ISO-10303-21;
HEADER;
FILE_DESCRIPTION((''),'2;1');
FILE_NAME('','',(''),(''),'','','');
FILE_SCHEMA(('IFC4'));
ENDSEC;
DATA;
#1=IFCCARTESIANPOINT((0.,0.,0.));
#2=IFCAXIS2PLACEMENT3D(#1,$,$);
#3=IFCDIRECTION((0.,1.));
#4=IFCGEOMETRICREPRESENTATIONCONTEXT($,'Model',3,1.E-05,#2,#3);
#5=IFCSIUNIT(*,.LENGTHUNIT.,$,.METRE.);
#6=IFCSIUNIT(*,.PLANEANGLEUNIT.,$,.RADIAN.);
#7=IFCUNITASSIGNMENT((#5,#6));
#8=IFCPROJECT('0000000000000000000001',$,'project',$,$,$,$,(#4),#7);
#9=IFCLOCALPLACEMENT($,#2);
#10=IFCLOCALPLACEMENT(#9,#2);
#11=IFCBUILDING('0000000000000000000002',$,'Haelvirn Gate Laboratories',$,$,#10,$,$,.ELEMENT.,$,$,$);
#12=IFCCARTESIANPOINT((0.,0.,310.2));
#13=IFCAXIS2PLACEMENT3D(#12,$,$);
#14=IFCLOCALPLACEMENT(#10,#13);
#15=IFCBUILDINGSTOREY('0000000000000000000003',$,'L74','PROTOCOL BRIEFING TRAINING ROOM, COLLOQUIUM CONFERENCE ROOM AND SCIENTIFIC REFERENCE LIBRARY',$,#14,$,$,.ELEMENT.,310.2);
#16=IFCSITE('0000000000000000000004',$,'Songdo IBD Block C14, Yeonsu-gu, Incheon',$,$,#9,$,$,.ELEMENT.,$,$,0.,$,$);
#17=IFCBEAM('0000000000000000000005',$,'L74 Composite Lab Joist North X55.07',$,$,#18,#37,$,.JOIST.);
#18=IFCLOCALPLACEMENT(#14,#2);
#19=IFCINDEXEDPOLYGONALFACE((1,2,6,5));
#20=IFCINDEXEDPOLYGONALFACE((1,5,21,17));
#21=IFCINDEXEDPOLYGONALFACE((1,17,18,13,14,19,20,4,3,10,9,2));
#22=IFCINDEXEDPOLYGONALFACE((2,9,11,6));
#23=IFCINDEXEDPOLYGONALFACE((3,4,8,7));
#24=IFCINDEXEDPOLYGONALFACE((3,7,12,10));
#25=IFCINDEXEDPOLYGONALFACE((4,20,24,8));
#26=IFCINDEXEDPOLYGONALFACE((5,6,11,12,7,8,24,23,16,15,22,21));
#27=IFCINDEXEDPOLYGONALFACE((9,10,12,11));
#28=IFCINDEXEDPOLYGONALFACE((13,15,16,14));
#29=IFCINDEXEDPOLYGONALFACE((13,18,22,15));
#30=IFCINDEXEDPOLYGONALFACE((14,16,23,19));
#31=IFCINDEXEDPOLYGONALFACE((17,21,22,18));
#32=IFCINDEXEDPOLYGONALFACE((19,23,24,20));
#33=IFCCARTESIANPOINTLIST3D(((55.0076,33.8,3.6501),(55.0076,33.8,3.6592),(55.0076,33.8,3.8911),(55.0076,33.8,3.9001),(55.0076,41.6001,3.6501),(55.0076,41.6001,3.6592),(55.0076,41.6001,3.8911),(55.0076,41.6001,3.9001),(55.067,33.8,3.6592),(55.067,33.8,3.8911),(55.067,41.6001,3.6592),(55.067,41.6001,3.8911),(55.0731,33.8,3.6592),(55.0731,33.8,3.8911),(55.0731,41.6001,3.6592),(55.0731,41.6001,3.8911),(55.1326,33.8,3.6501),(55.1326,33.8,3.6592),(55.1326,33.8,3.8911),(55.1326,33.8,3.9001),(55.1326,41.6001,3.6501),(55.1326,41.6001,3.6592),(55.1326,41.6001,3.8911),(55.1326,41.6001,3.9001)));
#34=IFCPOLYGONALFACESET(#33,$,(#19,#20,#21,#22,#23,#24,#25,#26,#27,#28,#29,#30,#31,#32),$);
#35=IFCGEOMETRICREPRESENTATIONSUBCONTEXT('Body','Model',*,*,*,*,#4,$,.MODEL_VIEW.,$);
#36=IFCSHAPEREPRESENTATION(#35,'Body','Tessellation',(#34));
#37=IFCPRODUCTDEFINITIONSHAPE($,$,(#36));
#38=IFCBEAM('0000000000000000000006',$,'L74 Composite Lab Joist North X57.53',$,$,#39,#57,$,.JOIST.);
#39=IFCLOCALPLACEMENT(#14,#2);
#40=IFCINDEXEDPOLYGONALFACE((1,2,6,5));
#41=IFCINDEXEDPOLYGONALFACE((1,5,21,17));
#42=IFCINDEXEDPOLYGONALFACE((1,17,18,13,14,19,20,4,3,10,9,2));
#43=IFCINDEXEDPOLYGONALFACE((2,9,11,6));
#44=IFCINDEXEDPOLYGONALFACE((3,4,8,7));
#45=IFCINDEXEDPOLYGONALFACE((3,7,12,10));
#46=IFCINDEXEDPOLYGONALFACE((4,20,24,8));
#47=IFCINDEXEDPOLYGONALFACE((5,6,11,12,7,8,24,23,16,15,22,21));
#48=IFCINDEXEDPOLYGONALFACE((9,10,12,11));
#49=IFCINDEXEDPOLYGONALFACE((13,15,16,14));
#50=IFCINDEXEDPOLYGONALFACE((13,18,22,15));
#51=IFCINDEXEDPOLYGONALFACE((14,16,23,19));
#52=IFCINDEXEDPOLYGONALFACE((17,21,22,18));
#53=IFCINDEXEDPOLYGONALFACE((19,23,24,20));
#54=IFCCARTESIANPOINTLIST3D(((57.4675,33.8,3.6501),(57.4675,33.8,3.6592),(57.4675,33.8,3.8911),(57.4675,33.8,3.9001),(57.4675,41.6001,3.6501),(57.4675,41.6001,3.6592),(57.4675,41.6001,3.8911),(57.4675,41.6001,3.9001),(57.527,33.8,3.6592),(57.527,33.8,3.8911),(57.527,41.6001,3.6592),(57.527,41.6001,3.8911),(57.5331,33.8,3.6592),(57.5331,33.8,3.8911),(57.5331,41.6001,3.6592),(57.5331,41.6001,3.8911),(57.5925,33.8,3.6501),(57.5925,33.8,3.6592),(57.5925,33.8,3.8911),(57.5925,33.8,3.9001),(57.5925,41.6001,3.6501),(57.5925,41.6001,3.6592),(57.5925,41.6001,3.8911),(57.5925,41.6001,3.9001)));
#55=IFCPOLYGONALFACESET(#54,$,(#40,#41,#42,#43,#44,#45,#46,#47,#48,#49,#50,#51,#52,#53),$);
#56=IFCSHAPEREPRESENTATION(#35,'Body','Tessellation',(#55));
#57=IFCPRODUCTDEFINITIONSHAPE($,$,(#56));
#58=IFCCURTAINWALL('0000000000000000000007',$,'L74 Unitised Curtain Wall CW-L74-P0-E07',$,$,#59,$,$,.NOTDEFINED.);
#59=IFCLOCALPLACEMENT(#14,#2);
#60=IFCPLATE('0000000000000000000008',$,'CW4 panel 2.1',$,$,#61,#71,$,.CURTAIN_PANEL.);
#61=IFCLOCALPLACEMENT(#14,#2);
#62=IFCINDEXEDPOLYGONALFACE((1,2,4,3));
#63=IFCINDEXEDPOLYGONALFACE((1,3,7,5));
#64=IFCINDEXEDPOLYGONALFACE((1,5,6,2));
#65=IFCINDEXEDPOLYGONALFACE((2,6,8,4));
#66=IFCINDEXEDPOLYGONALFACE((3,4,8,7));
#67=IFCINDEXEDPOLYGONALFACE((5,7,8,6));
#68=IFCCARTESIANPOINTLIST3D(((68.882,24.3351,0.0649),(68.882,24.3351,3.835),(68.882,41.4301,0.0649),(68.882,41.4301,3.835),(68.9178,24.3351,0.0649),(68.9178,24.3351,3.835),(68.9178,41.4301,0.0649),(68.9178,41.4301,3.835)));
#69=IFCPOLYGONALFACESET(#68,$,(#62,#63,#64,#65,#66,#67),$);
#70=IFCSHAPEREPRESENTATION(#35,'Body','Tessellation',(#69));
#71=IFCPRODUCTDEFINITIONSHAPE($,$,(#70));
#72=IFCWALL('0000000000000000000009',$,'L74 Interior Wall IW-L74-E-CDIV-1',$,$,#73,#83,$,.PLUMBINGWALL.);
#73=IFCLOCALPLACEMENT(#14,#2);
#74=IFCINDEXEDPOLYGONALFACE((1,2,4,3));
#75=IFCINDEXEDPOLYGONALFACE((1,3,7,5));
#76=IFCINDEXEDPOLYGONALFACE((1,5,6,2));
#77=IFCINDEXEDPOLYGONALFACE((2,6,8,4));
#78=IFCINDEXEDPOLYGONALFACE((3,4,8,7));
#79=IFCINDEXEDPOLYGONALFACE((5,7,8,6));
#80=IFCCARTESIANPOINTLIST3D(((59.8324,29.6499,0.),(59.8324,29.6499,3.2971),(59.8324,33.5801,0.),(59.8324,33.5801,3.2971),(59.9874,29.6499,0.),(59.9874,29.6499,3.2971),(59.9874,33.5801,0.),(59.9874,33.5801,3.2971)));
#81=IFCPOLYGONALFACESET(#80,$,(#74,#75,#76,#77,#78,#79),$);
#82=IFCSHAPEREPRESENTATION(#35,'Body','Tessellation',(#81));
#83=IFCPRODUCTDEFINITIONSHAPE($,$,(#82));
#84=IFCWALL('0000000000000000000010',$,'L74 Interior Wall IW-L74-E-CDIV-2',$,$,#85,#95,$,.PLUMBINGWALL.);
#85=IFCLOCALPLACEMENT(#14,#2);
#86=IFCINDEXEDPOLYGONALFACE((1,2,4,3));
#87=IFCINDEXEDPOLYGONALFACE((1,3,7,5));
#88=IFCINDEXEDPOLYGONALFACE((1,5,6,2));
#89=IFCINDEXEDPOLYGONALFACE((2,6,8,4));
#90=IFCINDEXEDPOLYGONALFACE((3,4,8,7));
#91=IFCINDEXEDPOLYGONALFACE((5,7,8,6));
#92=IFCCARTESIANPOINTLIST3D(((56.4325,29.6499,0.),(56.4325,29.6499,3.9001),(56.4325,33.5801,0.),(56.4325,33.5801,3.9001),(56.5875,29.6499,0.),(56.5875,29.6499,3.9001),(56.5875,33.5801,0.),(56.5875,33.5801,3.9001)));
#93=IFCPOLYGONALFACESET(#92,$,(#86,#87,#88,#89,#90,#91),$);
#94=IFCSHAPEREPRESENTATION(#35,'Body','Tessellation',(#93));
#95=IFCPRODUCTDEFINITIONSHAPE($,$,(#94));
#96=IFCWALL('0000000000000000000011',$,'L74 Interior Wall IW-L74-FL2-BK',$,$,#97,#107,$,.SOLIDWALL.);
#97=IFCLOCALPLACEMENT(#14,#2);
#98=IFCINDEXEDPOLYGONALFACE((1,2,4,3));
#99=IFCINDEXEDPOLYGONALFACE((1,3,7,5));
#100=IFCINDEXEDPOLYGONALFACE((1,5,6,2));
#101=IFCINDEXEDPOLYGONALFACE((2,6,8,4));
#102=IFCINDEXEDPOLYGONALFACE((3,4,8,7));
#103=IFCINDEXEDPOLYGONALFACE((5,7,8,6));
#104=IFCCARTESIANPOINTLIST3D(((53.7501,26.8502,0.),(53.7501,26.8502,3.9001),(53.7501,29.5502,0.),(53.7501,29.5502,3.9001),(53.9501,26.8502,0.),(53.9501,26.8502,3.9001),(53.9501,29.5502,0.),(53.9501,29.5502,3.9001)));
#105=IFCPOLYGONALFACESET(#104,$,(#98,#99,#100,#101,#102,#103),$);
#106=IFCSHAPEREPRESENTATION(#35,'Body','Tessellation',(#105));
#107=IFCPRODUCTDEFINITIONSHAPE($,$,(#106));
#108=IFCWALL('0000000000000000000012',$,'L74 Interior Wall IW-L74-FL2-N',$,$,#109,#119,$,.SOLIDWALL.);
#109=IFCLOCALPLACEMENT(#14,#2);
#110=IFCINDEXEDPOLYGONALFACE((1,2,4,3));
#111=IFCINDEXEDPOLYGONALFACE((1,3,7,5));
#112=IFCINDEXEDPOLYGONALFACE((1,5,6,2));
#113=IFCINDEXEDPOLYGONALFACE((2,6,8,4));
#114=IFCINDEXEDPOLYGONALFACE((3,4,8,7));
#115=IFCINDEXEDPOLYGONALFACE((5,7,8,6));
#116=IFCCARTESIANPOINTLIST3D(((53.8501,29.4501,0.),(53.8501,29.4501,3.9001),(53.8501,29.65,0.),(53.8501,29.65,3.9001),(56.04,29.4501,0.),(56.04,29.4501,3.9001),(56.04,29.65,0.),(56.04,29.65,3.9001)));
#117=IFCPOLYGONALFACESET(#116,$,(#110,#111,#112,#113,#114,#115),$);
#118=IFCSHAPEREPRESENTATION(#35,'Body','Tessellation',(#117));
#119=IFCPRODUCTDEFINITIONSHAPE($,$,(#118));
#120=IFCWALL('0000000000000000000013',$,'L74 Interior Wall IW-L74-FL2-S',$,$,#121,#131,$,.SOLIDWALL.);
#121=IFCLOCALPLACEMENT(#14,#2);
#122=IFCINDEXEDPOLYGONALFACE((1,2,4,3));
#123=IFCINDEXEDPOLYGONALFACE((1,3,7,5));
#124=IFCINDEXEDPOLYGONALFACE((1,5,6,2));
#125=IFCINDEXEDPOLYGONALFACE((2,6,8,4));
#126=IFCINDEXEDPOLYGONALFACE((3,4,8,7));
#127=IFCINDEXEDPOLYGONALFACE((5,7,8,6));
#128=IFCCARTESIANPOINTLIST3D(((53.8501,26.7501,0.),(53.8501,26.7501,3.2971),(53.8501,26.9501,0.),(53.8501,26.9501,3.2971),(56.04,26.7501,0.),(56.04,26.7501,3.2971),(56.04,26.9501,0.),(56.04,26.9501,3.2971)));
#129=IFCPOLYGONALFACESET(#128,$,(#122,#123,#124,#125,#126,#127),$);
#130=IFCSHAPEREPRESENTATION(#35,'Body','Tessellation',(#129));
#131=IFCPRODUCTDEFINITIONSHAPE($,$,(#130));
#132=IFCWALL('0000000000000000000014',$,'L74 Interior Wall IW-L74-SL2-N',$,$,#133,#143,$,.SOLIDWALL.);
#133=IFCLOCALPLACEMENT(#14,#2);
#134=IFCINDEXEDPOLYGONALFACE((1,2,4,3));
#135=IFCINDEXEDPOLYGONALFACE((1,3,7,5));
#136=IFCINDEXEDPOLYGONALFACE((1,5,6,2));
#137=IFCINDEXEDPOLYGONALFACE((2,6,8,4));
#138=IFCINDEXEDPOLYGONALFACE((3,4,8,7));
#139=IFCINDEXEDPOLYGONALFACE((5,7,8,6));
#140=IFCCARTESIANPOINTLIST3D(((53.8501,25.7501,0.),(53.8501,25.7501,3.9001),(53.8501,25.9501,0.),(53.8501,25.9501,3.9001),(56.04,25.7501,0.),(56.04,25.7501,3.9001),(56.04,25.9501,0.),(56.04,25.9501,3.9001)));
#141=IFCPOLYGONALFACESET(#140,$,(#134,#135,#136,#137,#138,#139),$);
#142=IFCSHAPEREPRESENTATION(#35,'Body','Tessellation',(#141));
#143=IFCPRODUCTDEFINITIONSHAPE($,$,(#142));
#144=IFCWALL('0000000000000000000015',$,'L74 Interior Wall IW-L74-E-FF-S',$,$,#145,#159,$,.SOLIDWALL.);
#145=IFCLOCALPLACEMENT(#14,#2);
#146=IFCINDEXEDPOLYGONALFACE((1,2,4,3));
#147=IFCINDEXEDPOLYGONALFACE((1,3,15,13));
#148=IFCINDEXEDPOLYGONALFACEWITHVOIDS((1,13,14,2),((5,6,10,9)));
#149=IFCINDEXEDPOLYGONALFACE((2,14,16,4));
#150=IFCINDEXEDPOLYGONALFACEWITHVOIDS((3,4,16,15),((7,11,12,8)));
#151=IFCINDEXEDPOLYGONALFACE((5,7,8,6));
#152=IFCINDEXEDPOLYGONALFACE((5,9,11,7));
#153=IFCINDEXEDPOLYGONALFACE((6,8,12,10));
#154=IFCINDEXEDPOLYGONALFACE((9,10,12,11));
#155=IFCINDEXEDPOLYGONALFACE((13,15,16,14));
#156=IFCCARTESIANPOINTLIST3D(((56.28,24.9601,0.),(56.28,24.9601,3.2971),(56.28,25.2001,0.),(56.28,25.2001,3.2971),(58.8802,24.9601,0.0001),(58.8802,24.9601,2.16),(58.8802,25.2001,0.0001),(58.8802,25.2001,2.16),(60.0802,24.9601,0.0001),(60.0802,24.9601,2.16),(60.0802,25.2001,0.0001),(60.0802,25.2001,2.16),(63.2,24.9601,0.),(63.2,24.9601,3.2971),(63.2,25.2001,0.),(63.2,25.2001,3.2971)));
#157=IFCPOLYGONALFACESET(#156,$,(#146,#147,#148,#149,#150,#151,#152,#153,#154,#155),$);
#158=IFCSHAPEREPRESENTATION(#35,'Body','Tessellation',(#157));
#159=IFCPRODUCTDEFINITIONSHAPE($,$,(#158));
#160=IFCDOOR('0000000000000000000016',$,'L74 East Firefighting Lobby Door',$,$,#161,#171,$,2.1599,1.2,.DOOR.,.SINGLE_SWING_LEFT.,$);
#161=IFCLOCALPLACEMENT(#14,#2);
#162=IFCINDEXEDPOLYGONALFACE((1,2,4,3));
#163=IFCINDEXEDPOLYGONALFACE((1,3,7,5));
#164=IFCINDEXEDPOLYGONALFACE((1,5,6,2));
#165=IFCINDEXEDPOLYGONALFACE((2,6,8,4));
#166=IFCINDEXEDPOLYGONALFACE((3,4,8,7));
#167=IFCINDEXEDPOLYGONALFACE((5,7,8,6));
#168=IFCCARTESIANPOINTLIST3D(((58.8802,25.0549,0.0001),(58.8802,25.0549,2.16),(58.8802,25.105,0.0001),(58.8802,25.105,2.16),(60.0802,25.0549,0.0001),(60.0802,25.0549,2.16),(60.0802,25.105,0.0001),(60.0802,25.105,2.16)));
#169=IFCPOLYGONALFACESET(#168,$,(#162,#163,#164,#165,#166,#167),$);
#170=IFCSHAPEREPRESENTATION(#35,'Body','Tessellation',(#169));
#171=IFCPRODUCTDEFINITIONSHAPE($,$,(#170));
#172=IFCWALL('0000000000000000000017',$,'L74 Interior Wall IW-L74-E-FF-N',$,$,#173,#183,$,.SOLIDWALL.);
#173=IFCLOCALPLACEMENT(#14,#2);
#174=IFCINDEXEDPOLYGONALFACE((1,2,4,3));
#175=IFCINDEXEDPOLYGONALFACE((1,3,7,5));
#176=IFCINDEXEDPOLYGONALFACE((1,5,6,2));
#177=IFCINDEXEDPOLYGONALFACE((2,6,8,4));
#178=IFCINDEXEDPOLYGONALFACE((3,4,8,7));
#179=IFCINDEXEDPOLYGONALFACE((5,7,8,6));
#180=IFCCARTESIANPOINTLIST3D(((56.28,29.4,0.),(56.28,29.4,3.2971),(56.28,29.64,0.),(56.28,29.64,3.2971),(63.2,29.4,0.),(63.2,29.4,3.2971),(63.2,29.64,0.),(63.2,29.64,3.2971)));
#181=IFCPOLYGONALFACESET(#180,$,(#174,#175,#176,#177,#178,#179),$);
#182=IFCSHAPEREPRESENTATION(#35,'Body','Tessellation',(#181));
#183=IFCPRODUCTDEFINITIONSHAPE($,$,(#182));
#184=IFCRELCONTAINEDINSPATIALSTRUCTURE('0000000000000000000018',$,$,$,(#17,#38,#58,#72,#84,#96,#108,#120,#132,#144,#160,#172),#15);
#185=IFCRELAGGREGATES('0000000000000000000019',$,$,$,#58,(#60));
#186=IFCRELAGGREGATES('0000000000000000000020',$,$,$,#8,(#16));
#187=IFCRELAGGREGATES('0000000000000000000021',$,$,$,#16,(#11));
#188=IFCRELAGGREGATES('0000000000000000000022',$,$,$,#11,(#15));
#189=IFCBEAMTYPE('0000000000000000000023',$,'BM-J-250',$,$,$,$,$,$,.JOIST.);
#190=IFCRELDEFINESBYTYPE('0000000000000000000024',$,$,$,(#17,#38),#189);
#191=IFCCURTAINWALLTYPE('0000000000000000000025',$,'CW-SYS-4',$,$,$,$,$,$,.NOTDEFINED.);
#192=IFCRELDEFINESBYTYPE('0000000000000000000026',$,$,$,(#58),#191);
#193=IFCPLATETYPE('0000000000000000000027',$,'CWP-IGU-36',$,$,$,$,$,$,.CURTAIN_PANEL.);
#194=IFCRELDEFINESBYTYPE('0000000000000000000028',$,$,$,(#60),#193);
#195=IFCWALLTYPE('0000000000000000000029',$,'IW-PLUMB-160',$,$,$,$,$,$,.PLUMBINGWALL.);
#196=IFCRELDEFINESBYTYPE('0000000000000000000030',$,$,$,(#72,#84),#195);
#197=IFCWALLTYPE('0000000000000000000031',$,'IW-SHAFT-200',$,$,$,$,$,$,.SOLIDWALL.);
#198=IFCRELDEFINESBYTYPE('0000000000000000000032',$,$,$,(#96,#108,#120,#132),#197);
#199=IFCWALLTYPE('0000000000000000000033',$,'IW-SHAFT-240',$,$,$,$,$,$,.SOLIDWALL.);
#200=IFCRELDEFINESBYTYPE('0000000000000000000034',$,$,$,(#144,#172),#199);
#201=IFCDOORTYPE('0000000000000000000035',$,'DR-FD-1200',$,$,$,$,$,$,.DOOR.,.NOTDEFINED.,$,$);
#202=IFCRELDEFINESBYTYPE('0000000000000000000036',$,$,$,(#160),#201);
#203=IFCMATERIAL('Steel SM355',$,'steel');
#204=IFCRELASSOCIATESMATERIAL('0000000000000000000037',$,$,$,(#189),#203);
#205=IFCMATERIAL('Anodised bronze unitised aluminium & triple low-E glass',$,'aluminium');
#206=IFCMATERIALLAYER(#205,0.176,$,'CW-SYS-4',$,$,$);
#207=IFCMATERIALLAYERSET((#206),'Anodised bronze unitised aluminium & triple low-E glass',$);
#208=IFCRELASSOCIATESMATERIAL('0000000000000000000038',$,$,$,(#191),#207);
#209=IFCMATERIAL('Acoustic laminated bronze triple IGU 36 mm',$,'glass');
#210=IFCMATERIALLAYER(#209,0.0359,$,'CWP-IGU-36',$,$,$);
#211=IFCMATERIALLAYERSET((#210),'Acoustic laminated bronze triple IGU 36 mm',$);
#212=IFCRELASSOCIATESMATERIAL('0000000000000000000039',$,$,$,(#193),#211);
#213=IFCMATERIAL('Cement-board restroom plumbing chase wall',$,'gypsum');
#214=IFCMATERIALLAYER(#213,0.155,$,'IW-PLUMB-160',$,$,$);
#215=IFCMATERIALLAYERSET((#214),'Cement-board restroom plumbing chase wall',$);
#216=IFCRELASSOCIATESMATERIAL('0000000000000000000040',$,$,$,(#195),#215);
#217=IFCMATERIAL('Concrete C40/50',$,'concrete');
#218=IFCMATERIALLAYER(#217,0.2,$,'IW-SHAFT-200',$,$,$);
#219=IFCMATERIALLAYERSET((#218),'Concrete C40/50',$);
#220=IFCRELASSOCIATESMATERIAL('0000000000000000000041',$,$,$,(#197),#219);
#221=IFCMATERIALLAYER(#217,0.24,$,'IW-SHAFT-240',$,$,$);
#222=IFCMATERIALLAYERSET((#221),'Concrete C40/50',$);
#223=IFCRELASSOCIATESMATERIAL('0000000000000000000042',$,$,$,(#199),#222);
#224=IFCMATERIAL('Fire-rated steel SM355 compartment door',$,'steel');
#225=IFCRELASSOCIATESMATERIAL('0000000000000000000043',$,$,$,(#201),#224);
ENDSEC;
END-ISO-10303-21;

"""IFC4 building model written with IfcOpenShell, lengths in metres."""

from ifc_helpers import new_model, si_unit, direction, frame, frame_2d, origin, origin_2d, place, context, subcontext, project, spatial, rectangle, i_section, extrude, source, transform, mapped, material, layer, layer_set, material_profile, profile_set, type_object, type_shapes, element, fill, aggregate, save


model = new_model("IFC4")

# Units and contexts
model_context = context("Model", 3, precision=1e-05, world=origin(), true_north=direction((0.0, 1.0)))
body_context = subcontext(model_context, "Body", "Model", "MODEL_VIEW")
ifc_project = project(units=[si_unit("LENGTHUNIT", "METRE"), si_unit("PLANEANGLEUNIT", "RADIAN")], contexts=[model_context])

# Site, building, storey
site_placement = place(None, origin())
site = spatial("IfcSite", under=ifc_project, at=site_placement, Name="Songdo IBD Block C14, Yeonsu-gu, Incheon", CompositionType="ELEMENT", RefElevation=0.0)
building_placement = place(site_placement, origin())
building = spatial("IfcBuilding", under=site, at=building_placement, Name="Haelvirn Gate Laboratories", CompositionType="ELEMENT")
storey_placement = place(building_placement, frame((0.0, 0.0, 310.2)))
storey = spatial("IfcBuildingStorey", under=building, at=storey_placement, Name="L74", Description="PROTOCOL BRIEFING TRAINING ROOM, COLLOQUIUM CONFERENCE ROOM AND SCIENTIFIC REFERENCE LIBRARY", CompositionType="ELEMENT", Elevation=310.2)

# Beams
ifc_material_1 = material(Name="Steel SM355", Category="steel")
ifc_material_profile = material_profile(ifc_material_1, i_section(OverallWidth=0.125, OverallDepth=0.25, WebThickness=0.0061, FlangeThickness=0.009, at=origin_2d()), Name="H-250x125x6x9")
ifc_profile_set = profile_set([ifc_material_profile], Name="Steel SM355")
beam_type = type_object("IfcBeamType", Name="BM-J-250", PredefinedType="JOIST", material=ifc_profile_set)
shared_shape_1 = source(origin(), body_context, "Body", "SweptSolid", [
    extrude(i_section(OverallWidth=0.125, OverallDepth=0.25, WebThickness=0.0061, FlangeThickness=0.009, at=origin_2d()), origin(), (0.0, 0.0, 1.0), 7.8),
])
type_shapes(beam_type, [shared_shape_1])
for number, where, z_axis, x_axis, name in (
    (1, (55.0701, 33.8, 3.7751), (0.0, 1.0, 0.0), (-1.0, 0.0, 0.0), "L74 Composite Lab Joist North X55.07"),
    (2, (57.53, 33.8, 3.7751), (0.0, 1.0, 0.0), (-1.0, 0.0, 0.0), "L74 Composite Lab Joist North X57.53"),
):
    element("IfcBeam", number, at=place(storey_placement, frame(where, z_axis=z_axis, x_axis=x_axis)), inside=storey, type_object=beam_type, Name=name, PredefinedType="JOIST", context=body_context, shape_type="MappedRepresentation", body=[
        mapped(shared_shape_1, transform((0.0, 0.0, 0.0), scale=1.0)),
    ])

# Curtain wall, plate
ifc_material_2 = material(Name="Anodised bronze unitised aluminium & triple low-E glass", Category="aluminium")
ifc_layer_1 = layer(ifc_material_2, 0.176, Name="CW-SYS-4")
ifc_layer_set_1 = layer_set([ifc_layer_1], Name="Anodised bronze unitised aluminium & triple low-E glass")
curtain_wall_type = type_object("IfcCurtainWallType", Name="CW-SYS-4", PredefinedType="NOTDEFINED", material=ifc_layer_set_1)
curtain_wall_placement = place(storey_placement, origin())
curtain_wall = element("IfcCurtainWall", 3, at=curtain_wall_placement, inside=storey, type_object=curtain_wall_type, Name="L74 Unitised Curtain Wall CW-L74-P0-E07", PredefinedType="NOTDEFINED")
ifc_material_3 = material(Name="Acoustic laminated bronze triple IGU 36 mm", Category="glass")
ifc_layer_2 = layer(ifc_material_3, 0.0359, Name="CWP-IGU-36")
ifc_layer_set_2 = layer_set([ifc_layer_2], Name="Acoustic laminated bronze triple IGU 36 mm")
plate_type = type_object("IfcPlateType", Name="CWP-IGU-36", PredefinedType="CURTAIN_PANEL", material=ifc_layer_set_2)
shared_shape_2 = source(origin(), body_context, "Body", "SweptSolid", [
    extrude(rectangle(XDim=17.095, YDim=0.0359, at=origin_2d()), origin(), (0.0, 0.0, 1.0), 3.77),
])
type_shapes(plate_type, [shared_shape_2])
plate_placement = place(storey_placement, frame((68.8999, 32.8826, 0.0649), z_axis=(0.0, 0.0, 1.0), x_axis=(0.0, 1.0, 0.0)))
plate = element("IfcPlate", 4, at=plate_placement, type_object=plate_type, Name="CW4 panel 2.1", PredefinedType="CURTAIN_PANEL", context=body_context, shape_type="MappedRepresentation", body=[
    mapped(shared_shape_2, transform((0.0, 0.0, 0.0), scale=1.0)),
])
aggregate(curtain_wall, [plate])

# Walls
ifc_material_4 = material(Name="Cement-board restroom plumbing chase wall", Category="gypsum")
ifc_layer_3 = layer(ifc_material_4, 0.155, Name="IW-PLUMB-160")
ifc_layer_set_3 = layer_set([ifc_layer_3], Name="Cement-board restroom plumbing chase wall")
wall_type_1 = type_object("IfcWallType", Name="IW-PLUMB-160", PredefinedType="PLUMBINGWALL", material=ifc_layer_set_3)
wall_1_placement = place(storey_placement, frame((59.9099, 29.6499, 0.0), z_axis=(0.0, 0.0, 1.0), x_axis=(0.0, 1.0, 0.0)))
element("IfcWall", 5, at=wall_1_placement, inside=storey, type_object=wall_type_1, Name="L74 Interior Wall IW-L74-E-CDIV-1", PredefinedType="PLUMBINGWALL", context=body_context, shape_type="SweptSolid", body=[
    extrude(rectangle(XDim=3.9302, YDim=0.155, at=frame_2d((1.9651, 0.0))), origin(), (0.0, 0.0, 1.0), 3.2971),
])
wall_2_placement = place(storey_placement, frame((56.51, 29.6499, 0.0), z_axis=(0.0, 0.0, 1.0), x_axis=(0.0, 1.0, 0.0)))
element("IfcWall", 6, at=wall_2_placement, inside=storey, type_object=wall_type_1, Name="L74 Interior Wall IW-L74-E-CDIV-2", PredefinedType="PLUMBINGWALL", context=body_context, shape_type="SweptSolid", body=[
    extrude(rectangle(XDim=3.9302, YDim=0.155, at=frame_2d((1.9651, 0.0))), origin(), (0.0, 0.0, 1.0), 3.9001),
])
ifc_material_5 = material(Name="Concrete C40/50", Category="concrete")
ifc_layer_4 = layer(ifc_material_5, 0.2, Name="IW-SHAFT-200")
ifc_layer_set_4 = layer_set([ifc_layer_4], Name="Concrete C40/50")
wall_type_2 = type_object("IfcWallType", Name="IW-SHAFT-200", PredefinedType="SOLIDWALL", material=ifc_layer_set_4)
wall_3_placement = place(storey_placement, frame((53.8501, 26.8501, 0.0), z_axis=(0.0, 0.0, 1.0), x_axis=(0.0, 1.0, 0.0)))
element("IfcWall", 7, at=wall_3_placement, inside=storey, type_object=wall_type_2, Name="L74 Interior Wall IW-L74-FL2-BK", PredefinedType="SOLIDWALL", context=body_context, shape_type="SweptSolid", body=[
    extrude(rectangle(XDim=2.7, YDim=0.2, at=frame_2d((1.3501, 0.0))), origin(), (0.0, 0.0, 1.0), 3.9001),
])
wall_4_placement = place(storey_placement, frame((53.8501, 29.55, 0.0), z_axis=(0.0, 0.0, 1.0), x_axis=(1.0, 0.0, 0.0)))
element("IfcWall", 8, at=wall_4_placement, inside=storey, type_object=wall_type_2, Name="L74 Interior Wall IW-L74-FL2-N", PredefinedType="SOLIDWALL", context=body_context, shape_type="SweptSolid", body=[
    extrude(rectangle(XDim=2.1899, YDim=0.2, at=frame_2d((1.095, 0.0))), origin(), (0.0, 0.0, 1.0), 3.9001),
])
wall_5_placement = place(storey_placement, frame((53.8501, 26.8501, 0.0), z_axis=(0.0, 0.0, 1.0), x_axis=(1.0, 0.0, 0.0)))
element("IfcWall", 9, at=wall_5_placement, inside=storey, type_object=wall_type_2, Name="L74 Interior Wall IW-L74-FL2-S", PredefinedType="SOLIDWALL", context=body_context, shape_type="SweptSolid", body=[
    extrude(rectangle(XDim=2.1899, YDim=0.2, at=frame_2d((1.095, 0.0))), origin(), (0.0, 0.0, 1.0), 3.2971),
])
wall_6_placement = place(storey_placement, frame((53.8501, 25.8501, 0.0), z_axis=(0.0, 0.0, 1.0), x_axis=(1.0, 0.0, 0.0)))
element("IfcWall", 10, at=wall_6_placement, inside=storey, type_object=wall_type_2, Name="L74 Interior Wall IW-L74-SL2-N", PredefinedType="SOLIDWALL", context=body_context, shape_type="SweptSolid", body=[
    extrude(rectangle(XDim=2.1899, YDim=0.2, at=frame_2d((1.095, 0.0))), origin(), (0.0, 0.0, 1.0), 3.9001),
])

# Wall, opening, door
ifc_layer_5 = layer(ifc_material_5, 0.24, Name="IW-SHAFT-240")
ifc_layer_set_5 = layer_set([ifc_layer_5], Name="Concrete C40/50")
wall_type_3 = type_object("IfcWallType", Name="IW-SHAFT-240", PredefinedType="SOLIDWALL", material=ifc_layer_set_5)
wall_7_placement = place(storey_placement, frame((56.28, 25.0801, 0.0), z_axis=(0.0, 0.0, 1.0), x_axis=(1.0, 0.0, 0.0)))
wall_7 = element("IfcWall", 11, at=wall_7_placement, inside=storey, type_object=wall_type_3, Name="L74 Interior Wall IW-L74-E-FF-S", PredefinedType="SOLIDWALL", context=body_context, shape_type="SweptSolid", body=[
    extrude(rectangle(XDim=6.9199, YDim=0.24, at=frame_2d((3.46, 0.0))), origin(), (0.0, 0.0, 1.0), 3.2971),
])
opening_placement = place(wall_7_placement, frame((2.6001, 0.0, 0.0)))
opening = element("IfcOpeningElement", 12, at=opening_placement, cuts=wall_7, PredefinedType="OPENING", context=body_context, shape_type="SweptSolid", body=[
    extrude(rectangle(XDim=1.2, YDim=2.1599, at=frame_2d((0.6001, 1.0801))), frame((0.0, 0.1299, 0.0), z_axis=(0.0, -1.0, 0.0), x_axis=(1.0, 0.0, 0.0)), (0.0, 0.0, 1.0), 0.26),
])
ifc_material_6 = material(Name="Fire-rated steel SM355 compartment door", Category="steel")
door_type = type_object("IfcDoorType", Name="DR-FD-1200", OperationType="NOTDEFINED", PredefinedType="DOOR", material=ifc_material_6)
shared_shape_3 = source(origin(), body_context, "Body", "SweptSolid", [
    extrude(rectangle(XDim=1.2, YDim=2.1599, at=frame_2d((0.6001, 1.0801))), frame((0.0, 0.0249, 0.0), z_axis=(0.0, -1.0, 0.0), x_axis=(1.0, 0.0, 0.0)), (0.0, 0.0, 1.0), 0.05),
])
type_shapes(door_type, [shared_shape_3])
door_placement = place(opening_placement, origin())
door = element("IfcDoor", 13, at=door_placement, inside=storey, type_object=door_type, Name="L74 East Firefighting Lobby Door", OperationType="SINGLE_SWING_LEFT", OverallHeight=2.1599, OverallWidth=1.2, PredefinedType="DOOR", context=body_context, shape_type="MappedRepresentation", body=[
    mapped(shared_shape_3, transform((0.0, 0.0, 0.0), scale=1.0)),
])
fill(opening, door)

# Wall
wall_8_placement = place(storey_placement, frame((56.28, 29.52, 0.0), z_axis=(0.0, 0.0, 1.0), x_axis=(1.0, 0.0, 0.0)))
element("IfcWall", 14, at=wall_8_placement, inside=storey, type_object=wall_type_3, Name="L74 Interior Wall IW-L74-E-FF-N", PredefinedType="SOLIDWALL", context=body_context, shape_type="SweptSolid", body=[
    extrude(rectangle(XDim=6.9199, YDim=0.24, at=frame_2d((3.46, 0.0))), origin(), (0.0, 0.0, 1.0), 3.2971),
])

save(model, "model.ifc")
